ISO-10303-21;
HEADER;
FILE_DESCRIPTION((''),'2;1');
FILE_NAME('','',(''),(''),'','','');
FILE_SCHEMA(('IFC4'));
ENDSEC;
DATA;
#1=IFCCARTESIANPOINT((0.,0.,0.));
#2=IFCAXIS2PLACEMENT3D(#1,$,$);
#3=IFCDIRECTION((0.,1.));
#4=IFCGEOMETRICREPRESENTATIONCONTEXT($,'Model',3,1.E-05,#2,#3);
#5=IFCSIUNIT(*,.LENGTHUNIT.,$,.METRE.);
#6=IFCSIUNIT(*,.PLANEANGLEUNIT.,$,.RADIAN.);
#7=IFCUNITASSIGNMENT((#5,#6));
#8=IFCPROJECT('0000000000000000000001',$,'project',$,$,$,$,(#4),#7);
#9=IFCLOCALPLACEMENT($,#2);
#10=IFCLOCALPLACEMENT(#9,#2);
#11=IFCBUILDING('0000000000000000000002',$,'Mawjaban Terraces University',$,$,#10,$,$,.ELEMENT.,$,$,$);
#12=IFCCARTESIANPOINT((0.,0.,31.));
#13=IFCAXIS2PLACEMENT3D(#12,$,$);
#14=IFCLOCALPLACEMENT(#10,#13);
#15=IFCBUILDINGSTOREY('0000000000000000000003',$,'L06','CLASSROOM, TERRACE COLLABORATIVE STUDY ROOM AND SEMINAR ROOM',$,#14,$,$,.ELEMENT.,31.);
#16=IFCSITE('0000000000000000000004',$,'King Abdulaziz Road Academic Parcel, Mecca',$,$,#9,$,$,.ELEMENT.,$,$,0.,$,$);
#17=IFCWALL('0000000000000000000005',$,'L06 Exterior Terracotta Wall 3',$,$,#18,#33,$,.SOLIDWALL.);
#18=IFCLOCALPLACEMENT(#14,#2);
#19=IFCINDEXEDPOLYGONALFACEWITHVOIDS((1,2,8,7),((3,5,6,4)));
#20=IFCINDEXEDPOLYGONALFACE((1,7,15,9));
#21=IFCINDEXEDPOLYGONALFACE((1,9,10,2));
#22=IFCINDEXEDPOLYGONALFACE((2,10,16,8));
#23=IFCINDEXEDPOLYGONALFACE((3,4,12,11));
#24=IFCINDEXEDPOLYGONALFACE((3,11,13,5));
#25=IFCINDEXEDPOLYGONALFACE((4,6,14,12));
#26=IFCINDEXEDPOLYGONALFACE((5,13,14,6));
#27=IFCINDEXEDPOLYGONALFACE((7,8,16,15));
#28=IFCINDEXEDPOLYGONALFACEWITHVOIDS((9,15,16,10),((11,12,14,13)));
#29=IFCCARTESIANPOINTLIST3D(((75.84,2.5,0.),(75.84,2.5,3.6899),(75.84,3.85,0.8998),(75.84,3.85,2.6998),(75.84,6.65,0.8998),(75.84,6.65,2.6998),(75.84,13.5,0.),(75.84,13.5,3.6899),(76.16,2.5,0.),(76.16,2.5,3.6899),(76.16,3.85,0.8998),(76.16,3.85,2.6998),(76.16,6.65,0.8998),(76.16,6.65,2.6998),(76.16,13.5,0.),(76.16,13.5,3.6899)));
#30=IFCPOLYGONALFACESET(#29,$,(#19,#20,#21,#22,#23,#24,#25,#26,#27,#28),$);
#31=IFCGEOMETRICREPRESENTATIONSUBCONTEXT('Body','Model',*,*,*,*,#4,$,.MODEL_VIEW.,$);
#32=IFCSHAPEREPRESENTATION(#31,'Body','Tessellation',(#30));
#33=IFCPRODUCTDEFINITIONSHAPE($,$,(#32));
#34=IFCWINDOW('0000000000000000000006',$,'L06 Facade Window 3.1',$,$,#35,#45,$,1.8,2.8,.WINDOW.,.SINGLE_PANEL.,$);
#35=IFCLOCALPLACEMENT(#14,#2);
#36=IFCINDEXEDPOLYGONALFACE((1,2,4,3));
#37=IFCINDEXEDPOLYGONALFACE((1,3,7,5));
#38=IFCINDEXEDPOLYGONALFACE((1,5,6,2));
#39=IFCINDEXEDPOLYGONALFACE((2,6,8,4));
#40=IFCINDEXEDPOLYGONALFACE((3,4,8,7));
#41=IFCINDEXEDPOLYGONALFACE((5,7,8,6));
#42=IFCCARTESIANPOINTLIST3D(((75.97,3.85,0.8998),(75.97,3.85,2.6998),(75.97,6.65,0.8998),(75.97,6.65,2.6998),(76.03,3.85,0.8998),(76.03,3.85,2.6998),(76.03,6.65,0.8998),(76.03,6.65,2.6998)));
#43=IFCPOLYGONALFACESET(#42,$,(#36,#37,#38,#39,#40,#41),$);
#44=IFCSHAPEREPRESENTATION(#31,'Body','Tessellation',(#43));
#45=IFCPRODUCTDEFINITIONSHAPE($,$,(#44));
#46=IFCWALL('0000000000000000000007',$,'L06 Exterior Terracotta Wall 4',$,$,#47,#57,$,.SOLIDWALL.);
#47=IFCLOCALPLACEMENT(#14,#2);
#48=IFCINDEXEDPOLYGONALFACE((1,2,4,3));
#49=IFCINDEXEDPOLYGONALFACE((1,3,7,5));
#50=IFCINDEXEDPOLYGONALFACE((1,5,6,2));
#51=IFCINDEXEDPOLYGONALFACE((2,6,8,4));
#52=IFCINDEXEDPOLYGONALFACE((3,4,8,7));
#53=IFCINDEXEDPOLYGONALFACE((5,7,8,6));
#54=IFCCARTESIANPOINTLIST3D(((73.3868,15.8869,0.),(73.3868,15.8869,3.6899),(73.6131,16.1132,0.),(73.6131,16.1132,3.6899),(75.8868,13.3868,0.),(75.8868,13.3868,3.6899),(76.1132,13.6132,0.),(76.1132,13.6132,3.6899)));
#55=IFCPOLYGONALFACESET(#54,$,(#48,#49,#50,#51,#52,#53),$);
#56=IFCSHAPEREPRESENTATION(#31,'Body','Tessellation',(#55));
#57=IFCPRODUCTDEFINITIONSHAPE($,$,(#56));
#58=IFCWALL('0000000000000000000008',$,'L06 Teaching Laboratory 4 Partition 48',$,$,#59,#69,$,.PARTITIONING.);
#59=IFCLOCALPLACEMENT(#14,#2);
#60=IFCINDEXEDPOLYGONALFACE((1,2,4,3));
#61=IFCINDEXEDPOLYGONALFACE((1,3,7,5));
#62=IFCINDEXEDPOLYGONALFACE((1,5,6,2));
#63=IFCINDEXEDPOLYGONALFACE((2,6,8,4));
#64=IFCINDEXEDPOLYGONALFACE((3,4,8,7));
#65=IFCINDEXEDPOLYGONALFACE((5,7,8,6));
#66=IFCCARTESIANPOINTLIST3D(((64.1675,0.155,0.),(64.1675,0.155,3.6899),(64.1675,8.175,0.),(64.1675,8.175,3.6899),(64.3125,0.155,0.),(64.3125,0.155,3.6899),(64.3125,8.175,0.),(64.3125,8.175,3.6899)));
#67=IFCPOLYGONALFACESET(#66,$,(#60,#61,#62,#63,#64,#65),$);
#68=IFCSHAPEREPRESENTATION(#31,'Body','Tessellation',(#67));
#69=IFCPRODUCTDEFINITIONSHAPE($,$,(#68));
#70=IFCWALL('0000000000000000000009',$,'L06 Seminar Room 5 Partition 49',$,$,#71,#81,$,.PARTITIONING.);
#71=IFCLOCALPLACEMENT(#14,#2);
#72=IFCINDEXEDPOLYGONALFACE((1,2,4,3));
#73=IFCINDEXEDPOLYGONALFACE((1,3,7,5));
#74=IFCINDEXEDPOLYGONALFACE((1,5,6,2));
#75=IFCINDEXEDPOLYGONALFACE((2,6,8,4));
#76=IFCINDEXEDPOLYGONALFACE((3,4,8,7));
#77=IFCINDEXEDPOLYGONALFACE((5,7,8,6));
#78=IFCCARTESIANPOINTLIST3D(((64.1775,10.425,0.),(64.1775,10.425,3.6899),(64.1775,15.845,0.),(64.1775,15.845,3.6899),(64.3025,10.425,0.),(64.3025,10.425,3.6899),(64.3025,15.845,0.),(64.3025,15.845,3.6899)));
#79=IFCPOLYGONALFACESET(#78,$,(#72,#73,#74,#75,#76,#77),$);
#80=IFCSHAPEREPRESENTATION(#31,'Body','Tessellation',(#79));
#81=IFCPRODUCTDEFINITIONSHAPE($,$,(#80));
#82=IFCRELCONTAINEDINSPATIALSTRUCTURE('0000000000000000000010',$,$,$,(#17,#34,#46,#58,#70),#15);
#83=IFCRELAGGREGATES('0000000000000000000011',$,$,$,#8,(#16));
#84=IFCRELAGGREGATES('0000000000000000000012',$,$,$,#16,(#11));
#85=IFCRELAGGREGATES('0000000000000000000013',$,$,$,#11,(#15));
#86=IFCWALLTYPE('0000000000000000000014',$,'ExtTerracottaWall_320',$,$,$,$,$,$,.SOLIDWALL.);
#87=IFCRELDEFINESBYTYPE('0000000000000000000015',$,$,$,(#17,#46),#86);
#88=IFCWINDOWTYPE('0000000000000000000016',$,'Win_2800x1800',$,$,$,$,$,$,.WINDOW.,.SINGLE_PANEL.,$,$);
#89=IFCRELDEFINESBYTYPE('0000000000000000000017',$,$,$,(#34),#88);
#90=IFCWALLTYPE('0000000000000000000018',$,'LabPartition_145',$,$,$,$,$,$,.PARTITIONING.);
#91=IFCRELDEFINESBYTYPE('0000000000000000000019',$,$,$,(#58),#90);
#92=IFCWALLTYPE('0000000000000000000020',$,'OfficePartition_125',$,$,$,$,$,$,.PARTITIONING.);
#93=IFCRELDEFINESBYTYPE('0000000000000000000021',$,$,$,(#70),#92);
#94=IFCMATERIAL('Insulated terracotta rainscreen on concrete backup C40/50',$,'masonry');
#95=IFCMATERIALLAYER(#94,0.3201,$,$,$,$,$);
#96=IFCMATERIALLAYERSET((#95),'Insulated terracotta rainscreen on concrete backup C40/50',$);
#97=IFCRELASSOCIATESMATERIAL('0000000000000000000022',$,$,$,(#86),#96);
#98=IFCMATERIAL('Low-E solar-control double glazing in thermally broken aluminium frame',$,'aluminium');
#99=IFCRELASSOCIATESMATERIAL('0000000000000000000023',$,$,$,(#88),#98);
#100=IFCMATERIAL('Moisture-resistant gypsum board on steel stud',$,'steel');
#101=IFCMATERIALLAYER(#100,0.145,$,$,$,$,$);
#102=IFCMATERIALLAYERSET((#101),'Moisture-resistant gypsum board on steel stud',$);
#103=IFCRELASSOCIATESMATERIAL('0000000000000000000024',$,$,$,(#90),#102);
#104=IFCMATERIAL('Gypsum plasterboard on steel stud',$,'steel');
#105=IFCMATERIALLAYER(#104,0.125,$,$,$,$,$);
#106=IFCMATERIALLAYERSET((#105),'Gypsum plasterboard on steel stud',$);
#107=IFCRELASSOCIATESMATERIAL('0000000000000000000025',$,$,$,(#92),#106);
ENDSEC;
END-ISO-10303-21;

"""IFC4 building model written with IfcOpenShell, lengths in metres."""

from ifc_helpers import new_model, si_unit, direction, frame, frame_2d, origin, place, context, subcontext, project, spatial, rectangle, extrude, material, layer, layer_set, type_object, element, fill, save


model = new_model("IFC4")

# Units and contexts
model_context = context("Model", 3, precision=1e-05, world=origin(), true_north=direction((0.0, 1.0)))
body_context = subcontext(model_context, "Body", "Model", "MODEL_VIEW")
ifc_project = project(units=[si_unit("LENGTHUNIT", "METRE"), si_unit("PLANEANGLEUNIT", "RADIAN")], contexts=[model_context])

# Site, building, storey
site_placement = place(None, origin())
site = spatial("IfcSite", under=ifc_project, at=site_placement, Name="King Abdulaziz Road Academic Parcel, Mecca", CompositionType="ELEMENT", RefElevation=0.0)
building_placement = place(site_placement, origin())
building = spatial("IfcBuilding", under=site, at=building_placement, Name="Mawjaban Terraces University", CompositionType="ELEMENT")
storey_placement = place(building_placement, frame((0.0, 0.0, 31.0)))
storey = spatial("IfcBuildingStorey", under=building, at=storey_placement, Name="L06", Description="CLASSROOM, TERRACE COLLABORATIVE STUDY ROOM AND SEMINAR ROOM", CompositionType="ELEMENT", Elevation=31.0)

# Shared definitions
ifc_material_1 = material(Name="Insulated terracotta rainscreen on concrete backup C40/50", Category="masonry")
ifc_layer_1 = layer(ifc_material_1, 0.3201)
ifc_layer_set_1 = layer_set([ifc_layer_1], Name="Insulated terracotta rainscreen on concrete backup C40/50")
wall_type_1 = type_object("IfcWallType", Name="ExtTerracottaWall_320", PredefinedType="SOLIDWALL", material=ifc_layer_set_1)

# Wall, opening, window
wall_1_placement = place(storey_placement, frame((76.0, 2.5, 0.0), z_axis=(0.0, 0.0, 1.0), x_axis=(0.0, 1.0, 0.0)))
wall_1 = element("IfcWall", 1, at=wall_1_placement, inside=storey, type_object=wall_type_1, Name="L06 Exterior Terracotta Wall 3", PredefinedType="SOLIDWALL", context=body_context, shape_type="SweptSolid", body=[
    extrude(rectangle(XDim=11.0, YDim=0.3201, at=frame_2d((5.5, 0.0))), origin(), (0.0, 0.0, 1.0), 3.6899),
])
opening_1_placement = place(wall_1_placement, frame((1.3501, 0.0, 0.8999)))
opening_1 = element("IfcOpeningElement", 2, at=opening_1_placement, cuts=wall_1, PredefinedType="OPENING", context=body_context, shape_type="SweptSolid", body=[
    extrude(rectangle(XDim=2.8, YDim=1.8, at=frame_2d((1.3999, 0.8999))), frame((0.0, 0.1699, 0.0), z_axis=(0.0, -1.0, 0.0), x_axis=(1.0, 0.0, 0.0)), (0.0, 0.0, 1.0), 0.3401),
])
ifc_material_2 = material(Name="Low-E solar-control double glazing in thermally broken aluminium frame", Category="aluminium")
window_type = type_object("IfcWindowType", Name="Win_2800x1800", PartitioningType="SINGLE_PANEL", PredefinedType="WINDOW", material=ifc_material_2)
window_placement = place(opening_1_placement, origin())
window = element("IfcWindow", 3, at=window_placement, inside=storey, type_object=window_type, Name="L06 Facade Window 3.1", OverallHeight=1.8, OverallWidth=2.8, PartitioningType="SINGLE_PANEL", PredefinedType="WINDOW", context=body_context, shape_type="SweptSolid", body=[
    extrude(rectangle(XDim=2.8, YDim=1.8, at=frame_2d((1.3999, 0.8999))), frame((0.0, 0.03, 0.0), z_axis=(0.0, -1.0, 0.0), x_axis=(1.0, 0.0, 0.0)), (0.0, 0.0, 1.0), 0.0601),
])
fill(opening_1, window)

# Walls
wall_2_placement = place(storey_placement, frame((76.0, 13.5, 0.0), z_axis=(0.0, 0.0, 1.0), x_axis=(-0.707107, 0.707107, 0.0)))
element("IfcWall", 4, at=wall_2_placement, inside=storey, type_object=wall_type_1, Name="L06 Exterior Terracotta Wall 4", PredefinedType="SOLIDWALL", context=body_context, shape_type="SweptSolid", body=[
    extrude(rectangle(XDim=3.5356, YDim=0.3201, at=frame_2d((1.7678, 0.0))), origin(), (0.0, 0.0, 1.0), 3.6899),
])
ifc_material_3 = material(Name="Moisture-resistant gypsum board on steel stud", Category="steel")
ifc_layer_2 = layer(ifc_material_3, 0.145)
ifc_layer_set_2 = layer_set([ifc_layer_2], Name="Moisture-resistant gypsum board on steel stud")
wall_type_2 = type_object("IfcWallType", Name="LabPartition_145", PredefinedType="PARTITIONING", material=ifc_layer_set_2)
wall_3_placement = place(storey_placement, frame((64.24, 0.155, 0.0), z_axis=(0.0, 0.0, 1.0), x_axis=(0.0, 1.0, 0.0)))
element("IfcWall", 5, at=wall_3_placement, inside=storey, type_object=wall_type_2, Name="L06 Teaching Laboratory 4 Partition 48", PredefinedType="PARTITIONING", context=body_context, shape_type="SweptSolid", body=[
    extrude(rectangle(XDim=8.02, YDim=0.145, at=frame_2d((4.01, 0.0))), origin(), (0.0, 0.0, 1.0), 3.6899),
])
ifc_material_4 = material(Name="Gypsum plasterboard on steel stud", Category="steel")
ifc_layer_3 = layer(ifc_material_4, 0.125)
ifc_layer_set_3 = layer_set([ifc_layer_3], Name="Gypsum plasterboard on steel stud")
wall_type_3 = type_object("IfcWallType", Name="OfficePartition_125", PredefinedType="PARTITIONING", material=ifc_layer_set_3)
wall_4_placement = place(storey_placement, frame((64.24, 10.425, 0.0), z_axis=(0.0, 0.0, 1.0), x_axis=(0.0, 1.0, 0.0)))
element("IfcWall", 6, at=wall_4_placement, inside=storey, type_object=wall_type_3, Name="L06 Seminar Room 5 Partition 49", PredefinedType="PARTITIONING", context=body_context, shape_type="SweptSolid", body=[
    extrude(rectangle(XDim=5.4199, YDim=0.125, at=frame_2d((2.71, 0.0))), origin(), (0.0, 0.0, 1.0), 3.6899),
])

save(model, "model.ifc")
